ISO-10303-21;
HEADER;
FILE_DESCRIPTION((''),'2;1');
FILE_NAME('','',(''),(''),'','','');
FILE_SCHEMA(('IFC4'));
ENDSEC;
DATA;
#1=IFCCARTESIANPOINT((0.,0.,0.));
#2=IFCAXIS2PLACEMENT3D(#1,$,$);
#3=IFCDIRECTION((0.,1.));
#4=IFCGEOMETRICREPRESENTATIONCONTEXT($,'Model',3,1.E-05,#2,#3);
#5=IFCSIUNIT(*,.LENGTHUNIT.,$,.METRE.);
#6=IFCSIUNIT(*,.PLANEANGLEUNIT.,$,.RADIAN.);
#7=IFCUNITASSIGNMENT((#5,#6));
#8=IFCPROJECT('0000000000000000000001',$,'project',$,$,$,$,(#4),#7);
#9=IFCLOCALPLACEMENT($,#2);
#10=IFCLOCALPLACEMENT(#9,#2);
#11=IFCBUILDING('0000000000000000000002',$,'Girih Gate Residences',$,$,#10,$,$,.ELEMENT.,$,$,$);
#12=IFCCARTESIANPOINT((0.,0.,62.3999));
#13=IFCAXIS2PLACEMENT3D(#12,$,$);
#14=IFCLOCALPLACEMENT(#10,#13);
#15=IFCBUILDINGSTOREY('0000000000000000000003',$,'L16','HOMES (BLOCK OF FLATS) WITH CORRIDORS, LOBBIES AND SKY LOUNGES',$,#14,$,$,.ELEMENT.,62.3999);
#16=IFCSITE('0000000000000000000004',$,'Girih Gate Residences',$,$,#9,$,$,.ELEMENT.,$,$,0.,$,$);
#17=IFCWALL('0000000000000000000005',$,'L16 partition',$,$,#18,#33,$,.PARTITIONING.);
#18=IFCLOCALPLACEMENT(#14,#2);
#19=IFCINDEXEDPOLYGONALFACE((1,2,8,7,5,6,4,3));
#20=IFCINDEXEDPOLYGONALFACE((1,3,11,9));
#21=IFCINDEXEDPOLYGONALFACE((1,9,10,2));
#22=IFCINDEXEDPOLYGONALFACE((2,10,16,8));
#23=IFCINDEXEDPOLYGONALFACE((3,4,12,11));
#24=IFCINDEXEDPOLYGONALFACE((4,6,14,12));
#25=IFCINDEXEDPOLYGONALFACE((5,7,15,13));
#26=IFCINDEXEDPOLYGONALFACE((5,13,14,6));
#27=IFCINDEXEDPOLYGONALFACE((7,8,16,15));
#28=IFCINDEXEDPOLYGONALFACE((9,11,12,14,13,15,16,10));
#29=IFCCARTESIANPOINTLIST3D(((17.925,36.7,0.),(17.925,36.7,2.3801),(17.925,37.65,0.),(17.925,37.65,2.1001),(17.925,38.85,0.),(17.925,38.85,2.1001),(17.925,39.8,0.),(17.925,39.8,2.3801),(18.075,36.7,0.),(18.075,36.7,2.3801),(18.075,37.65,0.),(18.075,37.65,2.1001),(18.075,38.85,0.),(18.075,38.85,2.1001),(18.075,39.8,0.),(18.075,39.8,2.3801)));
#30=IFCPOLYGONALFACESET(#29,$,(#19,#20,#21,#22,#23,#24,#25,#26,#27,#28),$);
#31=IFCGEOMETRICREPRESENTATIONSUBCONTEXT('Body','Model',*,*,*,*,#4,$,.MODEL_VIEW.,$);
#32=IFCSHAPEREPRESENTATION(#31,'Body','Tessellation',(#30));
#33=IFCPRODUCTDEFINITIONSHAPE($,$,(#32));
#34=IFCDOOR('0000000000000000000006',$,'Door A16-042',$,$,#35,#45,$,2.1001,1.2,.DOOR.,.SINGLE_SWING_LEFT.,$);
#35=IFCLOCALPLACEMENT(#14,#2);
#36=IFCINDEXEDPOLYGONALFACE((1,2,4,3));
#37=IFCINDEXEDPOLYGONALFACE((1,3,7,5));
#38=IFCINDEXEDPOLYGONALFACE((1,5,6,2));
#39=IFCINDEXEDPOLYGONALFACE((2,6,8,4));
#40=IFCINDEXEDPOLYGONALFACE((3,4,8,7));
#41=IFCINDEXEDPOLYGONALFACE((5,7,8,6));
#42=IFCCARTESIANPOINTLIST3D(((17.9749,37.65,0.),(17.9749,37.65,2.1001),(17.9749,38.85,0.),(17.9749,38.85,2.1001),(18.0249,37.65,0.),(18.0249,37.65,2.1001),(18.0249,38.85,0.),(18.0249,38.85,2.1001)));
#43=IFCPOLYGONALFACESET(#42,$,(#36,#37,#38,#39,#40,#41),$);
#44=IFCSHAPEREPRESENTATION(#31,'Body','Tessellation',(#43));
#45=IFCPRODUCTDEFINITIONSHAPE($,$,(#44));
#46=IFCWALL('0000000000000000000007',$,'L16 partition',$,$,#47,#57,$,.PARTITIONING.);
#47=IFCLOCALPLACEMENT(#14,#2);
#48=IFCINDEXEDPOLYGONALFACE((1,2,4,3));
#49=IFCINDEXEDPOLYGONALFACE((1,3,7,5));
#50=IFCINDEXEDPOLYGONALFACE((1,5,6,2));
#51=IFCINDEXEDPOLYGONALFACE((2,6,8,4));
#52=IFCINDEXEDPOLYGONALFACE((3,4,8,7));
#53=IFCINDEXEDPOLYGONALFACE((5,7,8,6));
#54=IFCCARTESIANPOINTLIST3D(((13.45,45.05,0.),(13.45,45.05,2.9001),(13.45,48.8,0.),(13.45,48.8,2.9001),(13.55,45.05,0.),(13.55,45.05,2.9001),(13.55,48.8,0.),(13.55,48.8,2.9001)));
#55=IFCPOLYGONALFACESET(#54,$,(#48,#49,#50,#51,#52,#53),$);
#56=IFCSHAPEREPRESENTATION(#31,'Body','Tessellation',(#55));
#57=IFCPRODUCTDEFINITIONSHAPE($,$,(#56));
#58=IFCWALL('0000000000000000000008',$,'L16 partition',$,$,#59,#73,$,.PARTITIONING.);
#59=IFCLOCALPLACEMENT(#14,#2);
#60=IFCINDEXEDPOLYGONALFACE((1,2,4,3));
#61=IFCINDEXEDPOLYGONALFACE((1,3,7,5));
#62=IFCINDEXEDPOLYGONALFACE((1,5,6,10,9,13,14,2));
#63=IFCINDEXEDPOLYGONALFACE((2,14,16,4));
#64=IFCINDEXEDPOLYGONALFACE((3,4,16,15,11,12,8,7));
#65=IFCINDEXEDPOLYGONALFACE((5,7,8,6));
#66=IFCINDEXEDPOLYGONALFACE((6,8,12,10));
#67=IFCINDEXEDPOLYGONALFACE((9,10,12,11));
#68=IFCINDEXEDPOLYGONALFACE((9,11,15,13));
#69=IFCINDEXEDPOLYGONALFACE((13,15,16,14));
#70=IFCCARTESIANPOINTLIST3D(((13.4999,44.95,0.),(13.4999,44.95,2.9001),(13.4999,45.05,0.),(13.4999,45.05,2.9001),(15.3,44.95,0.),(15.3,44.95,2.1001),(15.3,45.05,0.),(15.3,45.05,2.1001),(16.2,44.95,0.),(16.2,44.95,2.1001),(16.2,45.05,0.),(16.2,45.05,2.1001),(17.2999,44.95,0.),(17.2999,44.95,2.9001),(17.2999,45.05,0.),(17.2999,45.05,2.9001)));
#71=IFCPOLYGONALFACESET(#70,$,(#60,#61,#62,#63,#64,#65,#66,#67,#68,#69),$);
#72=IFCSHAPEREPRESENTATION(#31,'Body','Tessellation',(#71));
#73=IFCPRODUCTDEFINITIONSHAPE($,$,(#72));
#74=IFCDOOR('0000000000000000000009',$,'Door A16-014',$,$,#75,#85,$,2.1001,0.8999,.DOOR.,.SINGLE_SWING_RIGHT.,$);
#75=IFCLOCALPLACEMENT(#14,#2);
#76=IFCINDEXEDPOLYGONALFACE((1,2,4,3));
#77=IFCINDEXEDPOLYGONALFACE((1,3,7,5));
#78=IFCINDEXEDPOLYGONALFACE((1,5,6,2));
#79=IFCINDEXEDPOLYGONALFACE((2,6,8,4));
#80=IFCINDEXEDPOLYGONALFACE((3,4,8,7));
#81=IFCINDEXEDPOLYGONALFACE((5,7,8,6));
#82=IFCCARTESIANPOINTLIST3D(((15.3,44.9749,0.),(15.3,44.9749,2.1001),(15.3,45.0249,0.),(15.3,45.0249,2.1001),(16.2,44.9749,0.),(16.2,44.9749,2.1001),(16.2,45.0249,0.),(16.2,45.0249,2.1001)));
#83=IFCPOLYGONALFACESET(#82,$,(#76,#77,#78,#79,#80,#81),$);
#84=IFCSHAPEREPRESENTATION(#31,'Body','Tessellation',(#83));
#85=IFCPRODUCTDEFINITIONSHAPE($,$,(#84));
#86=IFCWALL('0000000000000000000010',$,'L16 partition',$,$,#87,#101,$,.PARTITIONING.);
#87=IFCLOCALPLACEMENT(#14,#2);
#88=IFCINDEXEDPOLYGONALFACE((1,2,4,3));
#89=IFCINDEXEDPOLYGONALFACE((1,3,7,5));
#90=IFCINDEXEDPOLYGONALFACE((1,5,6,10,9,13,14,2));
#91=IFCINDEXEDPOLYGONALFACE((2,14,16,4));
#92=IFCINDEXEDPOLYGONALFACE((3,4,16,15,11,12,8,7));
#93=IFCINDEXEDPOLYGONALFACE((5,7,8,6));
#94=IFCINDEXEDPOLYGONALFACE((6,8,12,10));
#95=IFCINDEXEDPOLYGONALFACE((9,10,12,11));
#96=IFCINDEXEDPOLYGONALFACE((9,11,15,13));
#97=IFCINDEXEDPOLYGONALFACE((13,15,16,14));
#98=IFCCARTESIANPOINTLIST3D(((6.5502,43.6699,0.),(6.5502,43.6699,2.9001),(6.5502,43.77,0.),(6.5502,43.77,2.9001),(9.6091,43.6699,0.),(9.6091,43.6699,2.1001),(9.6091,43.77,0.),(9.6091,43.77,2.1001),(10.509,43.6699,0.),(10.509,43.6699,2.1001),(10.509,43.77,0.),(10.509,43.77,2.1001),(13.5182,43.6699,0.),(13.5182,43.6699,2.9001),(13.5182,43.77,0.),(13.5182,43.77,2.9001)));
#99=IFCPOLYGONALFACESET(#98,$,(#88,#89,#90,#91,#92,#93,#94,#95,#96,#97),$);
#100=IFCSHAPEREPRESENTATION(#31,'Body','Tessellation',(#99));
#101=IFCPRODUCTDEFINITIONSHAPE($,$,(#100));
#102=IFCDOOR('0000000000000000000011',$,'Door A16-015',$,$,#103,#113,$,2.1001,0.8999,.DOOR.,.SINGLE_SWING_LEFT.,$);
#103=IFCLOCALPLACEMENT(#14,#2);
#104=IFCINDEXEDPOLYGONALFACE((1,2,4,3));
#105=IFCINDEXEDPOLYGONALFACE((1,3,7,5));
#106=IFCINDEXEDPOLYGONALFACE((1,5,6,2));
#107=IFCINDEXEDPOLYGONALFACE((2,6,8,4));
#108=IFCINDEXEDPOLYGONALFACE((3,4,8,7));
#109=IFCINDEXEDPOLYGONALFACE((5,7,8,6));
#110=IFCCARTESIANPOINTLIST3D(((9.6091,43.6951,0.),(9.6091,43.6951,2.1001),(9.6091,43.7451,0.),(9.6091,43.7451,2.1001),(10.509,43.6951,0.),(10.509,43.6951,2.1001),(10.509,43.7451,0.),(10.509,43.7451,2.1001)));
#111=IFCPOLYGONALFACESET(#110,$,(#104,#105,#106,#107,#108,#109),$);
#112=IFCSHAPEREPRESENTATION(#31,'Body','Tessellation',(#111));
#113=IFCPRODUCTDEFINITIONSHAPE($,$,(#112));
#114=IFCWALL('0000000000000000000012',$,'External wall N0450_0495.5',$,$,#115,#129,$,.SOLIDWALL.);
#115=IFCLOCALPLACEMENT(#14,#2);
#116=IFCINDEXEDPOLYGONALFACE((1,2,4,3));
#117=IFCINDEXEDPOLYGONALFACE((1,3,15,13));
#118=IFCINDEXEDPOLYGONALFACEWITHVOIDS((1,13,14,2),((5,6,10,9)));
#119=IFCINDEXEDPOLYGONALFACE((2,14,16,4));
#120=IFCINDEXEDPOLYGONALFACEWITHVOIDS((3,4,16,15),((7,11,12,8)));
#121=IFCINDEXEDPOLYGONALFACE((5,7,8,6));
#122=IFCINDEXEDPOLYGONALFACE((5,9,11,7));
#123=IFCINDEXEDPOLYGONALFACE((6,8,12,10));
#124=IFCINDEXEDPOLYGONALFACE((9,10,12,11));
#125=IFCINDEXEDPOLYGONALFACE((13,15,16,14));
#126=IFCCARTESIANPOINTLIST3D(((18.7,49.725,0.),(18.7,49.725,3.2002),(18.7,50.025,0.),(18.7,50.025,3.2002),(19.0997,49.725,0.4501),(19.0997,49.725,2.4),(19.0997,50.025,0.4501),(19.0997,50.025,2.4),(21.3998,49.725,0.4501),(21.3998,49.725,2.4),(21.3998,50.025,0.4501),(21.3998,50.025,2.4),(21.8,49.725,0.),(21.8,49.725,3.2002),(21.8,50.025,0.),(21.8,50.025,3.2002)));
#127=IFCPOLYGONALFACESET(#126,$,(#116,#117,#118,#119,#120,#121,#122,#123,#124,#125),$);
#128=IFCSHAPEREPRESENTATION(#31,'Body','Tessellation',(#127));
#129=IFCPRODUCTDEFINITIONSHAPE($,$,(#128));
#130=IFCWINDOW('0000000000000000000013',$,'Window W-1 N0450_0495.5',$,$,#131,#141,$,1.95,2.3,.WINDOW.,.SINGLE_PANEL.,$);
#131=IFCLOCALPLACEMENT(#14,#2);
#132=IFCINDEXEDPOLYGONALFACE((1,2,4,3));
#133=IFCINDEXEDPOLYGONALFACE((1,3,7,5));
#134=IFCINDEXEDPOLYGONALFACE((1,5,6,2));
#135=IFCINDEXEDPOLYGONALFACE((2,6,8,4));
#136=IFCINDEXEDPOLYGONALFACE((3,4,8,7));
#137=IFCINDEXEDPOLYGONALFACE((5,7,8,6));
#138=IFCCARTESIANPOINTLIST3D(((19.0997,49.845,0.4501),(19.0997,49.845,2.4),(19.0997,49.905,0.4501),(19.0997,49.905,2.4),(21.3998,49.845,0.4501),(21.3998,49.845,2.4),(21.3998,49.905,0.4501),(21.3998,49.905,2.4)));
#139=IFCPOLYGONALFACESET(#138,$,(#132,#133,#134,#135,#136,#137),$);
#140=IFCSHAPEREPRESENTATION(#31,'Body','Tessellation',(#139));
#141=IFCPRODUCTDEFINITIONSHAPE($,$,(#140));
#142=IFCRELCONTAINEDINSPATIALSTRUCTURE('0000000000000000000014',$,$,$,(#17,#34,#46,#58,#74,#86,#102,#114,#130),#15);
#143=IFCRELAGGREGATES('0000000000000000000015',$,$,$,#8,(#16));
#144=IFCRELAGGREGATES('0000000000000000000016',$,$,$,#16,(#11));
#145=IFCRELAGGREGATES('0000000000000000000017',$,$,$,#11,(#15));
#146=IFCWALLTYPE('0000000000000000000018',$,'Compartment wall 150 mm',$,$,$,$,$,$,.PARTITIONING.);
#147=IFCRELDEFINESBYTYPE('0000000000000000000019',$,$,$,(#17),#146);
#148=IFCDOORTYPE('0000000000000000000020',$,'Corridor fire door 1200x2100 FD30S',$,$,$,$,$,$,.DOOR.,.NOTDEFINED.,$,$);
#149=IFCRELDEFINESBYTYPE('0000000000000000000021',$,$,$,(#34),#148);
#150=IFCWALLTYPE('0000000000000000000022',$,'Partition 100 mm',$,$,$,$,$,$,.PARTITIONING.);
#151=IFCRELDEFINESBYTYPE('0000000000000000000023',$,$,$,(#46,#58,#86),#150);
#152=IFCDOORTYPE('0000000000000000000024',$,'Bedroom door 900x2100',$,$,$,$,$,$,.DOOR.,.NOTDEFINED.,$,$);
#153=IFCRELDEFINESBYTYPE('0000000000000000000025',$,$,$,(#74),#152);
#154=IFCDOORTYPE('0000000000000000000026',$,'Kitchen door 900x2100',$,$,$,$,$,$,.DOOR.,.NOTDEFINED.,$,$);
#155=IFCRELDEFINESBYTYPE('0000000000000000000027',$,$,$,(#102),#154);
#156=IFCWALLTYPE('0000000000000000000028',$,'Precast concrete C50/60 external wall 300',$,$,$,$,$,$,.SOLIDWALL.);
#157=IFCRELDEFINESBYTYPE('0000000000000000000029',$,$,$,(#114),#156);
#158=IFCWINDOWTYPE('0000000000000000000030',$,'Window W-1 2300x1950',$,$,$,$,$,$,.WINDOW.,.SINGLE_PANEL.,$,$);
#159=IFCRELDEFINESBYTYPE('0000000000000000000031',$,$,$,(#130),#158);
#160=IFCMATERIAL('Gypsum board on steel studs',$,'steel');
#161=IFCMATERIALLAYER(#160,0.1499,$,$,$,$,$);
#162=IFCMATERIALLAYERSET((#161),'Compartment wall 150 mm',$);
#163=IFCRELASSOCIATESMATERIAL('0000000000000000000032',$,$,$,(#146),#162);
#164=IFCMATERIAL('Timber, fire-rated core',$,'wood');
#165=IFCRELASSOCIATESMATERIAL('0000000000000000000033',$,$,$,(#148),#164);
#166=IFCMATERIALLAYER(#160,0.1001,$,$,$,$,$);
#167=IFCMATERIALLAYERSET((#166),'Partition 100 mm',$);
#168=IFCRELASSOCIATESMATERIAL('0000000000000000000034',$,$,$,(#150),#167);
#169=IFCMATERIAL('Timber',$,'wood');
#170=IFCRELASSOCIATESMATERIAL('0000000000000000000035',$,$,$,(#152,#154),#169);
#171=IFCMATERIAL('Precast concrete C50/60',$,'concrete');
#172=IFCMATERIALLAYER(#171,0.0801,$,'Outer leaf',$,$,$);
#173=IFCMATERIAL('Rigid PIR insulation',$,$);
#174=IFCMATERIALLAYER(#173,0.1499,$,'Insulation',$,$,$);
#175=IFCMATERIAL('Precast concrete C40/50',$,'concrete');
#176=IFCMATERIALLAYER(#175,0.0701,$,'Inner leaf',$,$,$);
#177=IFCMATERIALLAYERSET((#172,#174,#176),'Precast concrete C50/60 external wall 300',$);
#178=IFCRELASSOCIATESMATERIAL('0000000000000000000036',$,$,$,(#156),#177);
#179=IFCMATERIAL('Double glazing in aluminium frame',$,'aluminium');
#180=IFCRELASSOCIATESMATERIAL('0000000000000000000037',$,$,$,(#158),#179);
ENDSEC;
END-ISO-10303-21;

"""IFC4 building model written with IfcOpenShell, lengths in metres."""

from ifc_helpers import new_model, si_unit, direction, frame, frame_2d, origin, place, context, subcontext, project, spatial, rectangle, extrude, material, layer, layer_set, type_object, element, fill, save


model = new_model("IFC4")

# Units and contexts
model_context = context("Model", 3, precision=1e-05, world=origin(), true_north=direction((0.0, 1.0)))
body_context = subcontext(model_context, "Body", "Model", "MODEL_VIEW")
ifc_project = project(units=[si_unit("LENGTHUNIT", "METRE"), si_unit("PLANEANGLEUNIT", "RADIAN")], contexts=[model_context])

# Site, building, storey
site_placement = place(None, origin())
site = spatial("IfcSite", under=ifc_project, at=site_placement, Name="Girih Gate Residences", CompositionType="ELEMENT", RefElevation=0.0)
building_placement = place(site_placement, origin())
building = spatial("IfcBuilding", under=site, at=building_placement, Name="Girih Gate Residences", CompositionType="ELEMENT")
storey_placement = place(building_placement, frame((0.0, 0.0, 62.3999)))
storey = spatial("IfcBuildingStorey", under=building, at=storey_placement, Name="L16", Description="HOMES (BLOCK OF FLATS) WITH CORRIDORS, LOBBIES AND SKY LOUNGES", CompositionType="ELEMENT", Elevation=62.3999)

# Shared definitions
ifc_material_1 = material(Name="Gypsum board on steel studs", Category="steel")
ifc_layer_1 = layer(ifc_material_1, 0.1499)
ifc_layer_set_1 = layer_set([ifc_layer_1], Name="Compartment wall 150 mm")
wall_type_1 = type_object("IfcWallType", Name="Compartment wall 150 mm", PredefinedType="PARTITIONING", material=ifc_layer_set_1)

# Wall, opening, door
ifc_material_2 = material(Name="Timber, fire-rated core", Category="wood")
wall_1_placement = place(storey_placement, frame((18.0, 39.8, 0.0), z_axis=(0.0, 0.0, 1.0), x_axis=(0.0, -1.0, 0.0)))
wall_1 = element("IfcWall", 1, at=wall_1_placement, inside=storey, type_object=wall_type_1, Name="L16 partition", PredefinedType="PARTITIONING", context=body_context, shape_type="SweptSolid", body=[
    extrude(rectangle(XDim=3.1001, YDim=0.1499, at=frame_2d((1.55, 0.0))), origin(), (0.0, 0.0, 1.0), 2.3801),
])
opening_1_placement = place(wall_1_placement, frame((0.95, 0.0, 0.0)))
opening_1 = element("IfcOpeningElement", 2, at=opening_1_placement, cuts=wall_1, PredefinedType="OPENING", context=body_context, shape_type="SweptSolid", body=[
    extrude(rectangle(XDim=1.2, YDim=2.1001, at=frame_2d((0.6001, 1.05))), frame((0.0, 0.085, 0.0), z_axis=(0.0, -1.0, 0.0), x_axis=(1.0, 0.0, 0.0)), (0.0, 0.0, 1.0), 0.1699),
])
door_type_1 = type_object("IfcDoorType", Name="Corridor fire door 1200x2100 FD30S", OperationType="NOTDEFINED", PredefinedType="DOOR", material=ifc_material_2)
door_1_placement = place(opening_1_placement, origin())
door_1 = element("IfcDoor", 3, at=door_1_placement, inside=storey, type_object=door_type_1, Name="Door A16-042", OperationType="SINGLE_SWING_LEFT", OverallHeight=2.1001, OverallWidth=1.2, PredefinedType="DOOR", context=body_context, shape_type="SweptSolid", body=[
    extrude(rectangle(XDim=1.2, YDim=2.1001, at=frame_2d((0.6001, 1.05))), frame((0.0, 0.0249, 0.0), z_axis=(0.0, -1.0, 0.0), x_axis=(1.0, 0.0, 0.0)), (0.0, 0.0, 1.0), 0.05),
])
fill(opening_1, door_1)

# Wall
ifc_layer_2 = layer(ifc_material_1, 0.1001)
ifc_layer_set_2 = layer_set([ifc_layer_2], Name="Partition 100 mm")
wall_type_2 = type_object("IfcWallType", Name="Partition 100 mm", PredefinedType="PARTITIONING", material=ifc_layer_set_2)
wall_2_placement = place(storey_placement, frame((13.5, 45.05, 0.0), z_axis=(0.0, 0.0, 1.0), x_axis=(0.0, 1.0, 0.0)))
element("IfcWall", 4, at=wall_2_placement, inside=storey, type_object=wall_type_2, Name="L16 partition", PredefinedType="PARTITIONING", context=body_context, shape_type="SweptSolid", body=[
    extrude(rectangle(XDim=3.75, YDim=0.1001, at=frame_2d((1.875, 0.0))), origin(), (0.0, 0.0, 1.0), 2.9001),
])

# Walls, openings, doors
wall_3_placement = place(storey_placement, frame((13.5, 45.0, 0.0), z_axis=(0.0, 0.0, 1.0), x_axis=(1.0, 0.0, 0.0)))
wall_3 = element("IfcWall", 5, at=wall_3_placement, inside=storey, type_object=wall_type_2, Name="L16 partition", PredefinedType="PARTITIONING", context=body_context, shape_type="SweptSolid", body=[
    extrude(rectangle(XDim=3.8, YDim=0.1001, at=frame_2d((1.8999, 0.0))), origin(), (0.0, 0.0, 1.0), 2.9001),
])
opening_2_placement = place(wall_3_placement, frame((1.8, 0.0, 0.0)))
opening_2 = element("IfcOpeningElement", 6, at=opening_2_placement, cuts=wall_3, PredefinedType="OPENING", context=body_context, shape_type="SweptSolid", body=[
    extrude(rectangle(XDim=0.8999, YDim=2.1001, at=frame_2d((0.45, 1.05))), frame((0.0, 0.0601, 0.0), z_axis=(0.0, -1.0, 0.0), x_axis=(1.0, 0.0, 0.0)), (0.0, 0.0, 1.0), 0.1201),
])
ifc_material_3 = material(Name="Timber", Category="wood")
door_type_2 = type_object("IfcDoorType", Name="Bedroom door 900x2100", OperationType="NOTDEFINED", PredefinedType="DOOR", material=ifc_material_3)
door_2_placement = place(opening_2_placement, origin())
door_2 = element("IfcDoor", 7, at=door_2_placement, inside=storey, type_object=door_type_2, Name="Door A16-014", OperationType="SINGLE_SWING_RIGHT", OverallHeight=2.1001, OverallWidth=0.8999, PredefinedType="DOOR", context=body_context, shape_type="SweptSolid", body=[
    extrude(rectangle(XDim=0.8999, YDim=2.1001, at=frame_2d((0.45, 1.05))), frame((0.0, 0.0249, 0.0), z_axis=(0.0, -1.0, 0.0), x_axis=(1.0, 0.0, 0.0)), (0.0, 0.0, 1.0), 0.05),
])
fill(opening_2, door_2)
wall_4_placement = place(storey_placement, frame((13.5181, 43.72, 0.0), z_axis=(0.0, 0.0, 1.0), x_axis=(-1.0, 0.0, 0.0)))
wall_4 = element("IfcWall", 8, at=wall_4_placement, inside=storey, type_object=wall_type_2, Name="L16 partition", PredefinedType="PARTITIONING", context=body_context, shape_type="SweptSolid", body=[
    extrude(rectangle(XDim=6.968, YDim=0.1001, at=frame_2d((3.4839, 0.0))), origin(), (0.0, 0.0, 1.0), 2.9001),
])
opening_3_placement = place(wall_4_placement, frame((3.009, 0.0, 0.0)))
opening_3 = element("IfcOpeningElement", 9, at=opening_3_placement, cuts=wall_4, PredefinedType="OPENING", context=body_context, shape_type="SweptSolid", body=[
    extrude(rectangle(XDim=0.8999, YDim=2.1001, at=frame_2d((0.45, 1.05))), frame((0.0, 0.0601, 0.0), z_axis=(0.0, -1.0, 0.0), x_axis=(1.0, 0.0, 0.0)), (0.0, 0.0, 1.0), 0.1201),
])
door_type_3 = type_object("IfcDoorType", Name="Kitchen door 900x2100", OperationType="NOTDEFINED", PredefinedType="DOOR", material=ifc_material_3)
door_3_placement = place(opening_3_placement, origin())
door_3 = element("IfcDoor", 10, at=door_3_placement, inside=storey, type_object=door_type_3, Name="Door A16-015", OperationType="SINGLE_SWING_LEFT", OverallHeight=2.1001, OverallWidth=0.8999, PredefinedType="DOOR", context=body_context, shape_type="SweptSolid", body=[
    extrude(rectangle(XDim=0.8999, YDim=2.1001, at=frame_2d((0.45, 1.05))), frame((0.0, 0.0249, 0.0), z_axis=(0.0, -1.0, 0.0), x_axis=(1.0, 0.0, 0.0)), (0.0, 0.0, 1.0), 0.05),
])
fill(opening_3, door_3)

# Wall, opening, window
ifc_material_4 = material(Name="Precast concrete C50/60", Category="concrete")
ifc_layer_3 = layer(ifc_material_4, 0.0801, Name="Outer leaf")
ifc_material_5 = material(Name="Rigid PIR insulation")
ifc_layer_4 = layer(ifc_material_5, 0.1499, Name="Insulation")
ifc_material_6 = material(Name="Precast concrete C40/50", Category="concrete")
ifc_layer_5 = layer(ifc_material_6, 0.0701, Name="Inner leaf")
ifc_layer_set_3 = layer_set([ifc_layer_3, ifc_layer_4, ifc_layer_5], Name="Precast concrete C50/60 external wall 300")
wall_type_3 = type_object("IfcWallType", Name="Precast concrete C50/60 external wall 300", PredefinedType="SOLIDWALL", material=ifc_layer_set_3)
wall_5_placement = place(storey_placement, frame((18.7, 49.875, 0.0), z_axis=(0.0, 0.0, 1.0), x_axis=(1.0, 0.0, 0.0)))
wall_5 = element("IfcWall", 11, at=wall_5_placement, inside=storey, type_object=wall_type_3, Name="External wall N0450_0495.5", PredefinedType="SOLIDWALL", context=body_context, shape_type="SweptSolid", body=[
    extrude(rectangle(XDim=3.1001, YDim=0.3, at=frame_2d((1.55, 0.0))), origin(), (0.0, 0.0, 1.0), 3.2002),
])
opening_4_placement = place(wall_5_placement, frame((0.3999, 0.0, 0.45)))
opening_4 = element("IfcOpeningElement", 12, at=opening_4_placement, cuts=wall_5, PredefinedType="OPENING", context=body_context, shape_type="SweptSolid", body=[
    extrude(rectangle(XDim=2.3, YDim=1.95, at=frame_2d((1.1499, 0.9751))), frame((0.0, 0.1599, 0.0), z_axis=(0.0, -1.0, 0.0), x_axis=(1.0, 0.0, 0.0)), (0.0, 0.0, 1.0), 0.3201),
])
ifc_material_7 = material(Name="Double glazing in aluminium frame", Category="aluminium")
window_type = type_object("IfcWindowType", Name="Window W-1 2300x1950", PartitioningType="SINGLE_PANEL", PredefinedType="WINDOW", material=ifc_material_7)
window_1_placement = place(opening_4_placement, origin())
window_1 = element("IfcWindow", 13, at=window_1_placement, inside=storey, type_object=window_type, Name="Window W-1 N0450_0495.5", OverallHeight=1.95, OverallWidth=2.3, PartitioningType="SINGLE_PANEL", PredefinedType="WINDOW", context=body_context, shape_type="SweptSolid", body=[
    extrude(rectangle(XDim=2.3, YDim=1.95, at=frame_2d((1.1499, 0.9751))), frame((0.0, 0.03, 0.0), z_axis=(0.0, -1.0, 0.0), x_axis=(1.0, 0.0, 0.0)), (0.0, 0.0, 1.0), 0.0601),
])
fill(opening_4, window_1)

save(model, "model.ifc")
